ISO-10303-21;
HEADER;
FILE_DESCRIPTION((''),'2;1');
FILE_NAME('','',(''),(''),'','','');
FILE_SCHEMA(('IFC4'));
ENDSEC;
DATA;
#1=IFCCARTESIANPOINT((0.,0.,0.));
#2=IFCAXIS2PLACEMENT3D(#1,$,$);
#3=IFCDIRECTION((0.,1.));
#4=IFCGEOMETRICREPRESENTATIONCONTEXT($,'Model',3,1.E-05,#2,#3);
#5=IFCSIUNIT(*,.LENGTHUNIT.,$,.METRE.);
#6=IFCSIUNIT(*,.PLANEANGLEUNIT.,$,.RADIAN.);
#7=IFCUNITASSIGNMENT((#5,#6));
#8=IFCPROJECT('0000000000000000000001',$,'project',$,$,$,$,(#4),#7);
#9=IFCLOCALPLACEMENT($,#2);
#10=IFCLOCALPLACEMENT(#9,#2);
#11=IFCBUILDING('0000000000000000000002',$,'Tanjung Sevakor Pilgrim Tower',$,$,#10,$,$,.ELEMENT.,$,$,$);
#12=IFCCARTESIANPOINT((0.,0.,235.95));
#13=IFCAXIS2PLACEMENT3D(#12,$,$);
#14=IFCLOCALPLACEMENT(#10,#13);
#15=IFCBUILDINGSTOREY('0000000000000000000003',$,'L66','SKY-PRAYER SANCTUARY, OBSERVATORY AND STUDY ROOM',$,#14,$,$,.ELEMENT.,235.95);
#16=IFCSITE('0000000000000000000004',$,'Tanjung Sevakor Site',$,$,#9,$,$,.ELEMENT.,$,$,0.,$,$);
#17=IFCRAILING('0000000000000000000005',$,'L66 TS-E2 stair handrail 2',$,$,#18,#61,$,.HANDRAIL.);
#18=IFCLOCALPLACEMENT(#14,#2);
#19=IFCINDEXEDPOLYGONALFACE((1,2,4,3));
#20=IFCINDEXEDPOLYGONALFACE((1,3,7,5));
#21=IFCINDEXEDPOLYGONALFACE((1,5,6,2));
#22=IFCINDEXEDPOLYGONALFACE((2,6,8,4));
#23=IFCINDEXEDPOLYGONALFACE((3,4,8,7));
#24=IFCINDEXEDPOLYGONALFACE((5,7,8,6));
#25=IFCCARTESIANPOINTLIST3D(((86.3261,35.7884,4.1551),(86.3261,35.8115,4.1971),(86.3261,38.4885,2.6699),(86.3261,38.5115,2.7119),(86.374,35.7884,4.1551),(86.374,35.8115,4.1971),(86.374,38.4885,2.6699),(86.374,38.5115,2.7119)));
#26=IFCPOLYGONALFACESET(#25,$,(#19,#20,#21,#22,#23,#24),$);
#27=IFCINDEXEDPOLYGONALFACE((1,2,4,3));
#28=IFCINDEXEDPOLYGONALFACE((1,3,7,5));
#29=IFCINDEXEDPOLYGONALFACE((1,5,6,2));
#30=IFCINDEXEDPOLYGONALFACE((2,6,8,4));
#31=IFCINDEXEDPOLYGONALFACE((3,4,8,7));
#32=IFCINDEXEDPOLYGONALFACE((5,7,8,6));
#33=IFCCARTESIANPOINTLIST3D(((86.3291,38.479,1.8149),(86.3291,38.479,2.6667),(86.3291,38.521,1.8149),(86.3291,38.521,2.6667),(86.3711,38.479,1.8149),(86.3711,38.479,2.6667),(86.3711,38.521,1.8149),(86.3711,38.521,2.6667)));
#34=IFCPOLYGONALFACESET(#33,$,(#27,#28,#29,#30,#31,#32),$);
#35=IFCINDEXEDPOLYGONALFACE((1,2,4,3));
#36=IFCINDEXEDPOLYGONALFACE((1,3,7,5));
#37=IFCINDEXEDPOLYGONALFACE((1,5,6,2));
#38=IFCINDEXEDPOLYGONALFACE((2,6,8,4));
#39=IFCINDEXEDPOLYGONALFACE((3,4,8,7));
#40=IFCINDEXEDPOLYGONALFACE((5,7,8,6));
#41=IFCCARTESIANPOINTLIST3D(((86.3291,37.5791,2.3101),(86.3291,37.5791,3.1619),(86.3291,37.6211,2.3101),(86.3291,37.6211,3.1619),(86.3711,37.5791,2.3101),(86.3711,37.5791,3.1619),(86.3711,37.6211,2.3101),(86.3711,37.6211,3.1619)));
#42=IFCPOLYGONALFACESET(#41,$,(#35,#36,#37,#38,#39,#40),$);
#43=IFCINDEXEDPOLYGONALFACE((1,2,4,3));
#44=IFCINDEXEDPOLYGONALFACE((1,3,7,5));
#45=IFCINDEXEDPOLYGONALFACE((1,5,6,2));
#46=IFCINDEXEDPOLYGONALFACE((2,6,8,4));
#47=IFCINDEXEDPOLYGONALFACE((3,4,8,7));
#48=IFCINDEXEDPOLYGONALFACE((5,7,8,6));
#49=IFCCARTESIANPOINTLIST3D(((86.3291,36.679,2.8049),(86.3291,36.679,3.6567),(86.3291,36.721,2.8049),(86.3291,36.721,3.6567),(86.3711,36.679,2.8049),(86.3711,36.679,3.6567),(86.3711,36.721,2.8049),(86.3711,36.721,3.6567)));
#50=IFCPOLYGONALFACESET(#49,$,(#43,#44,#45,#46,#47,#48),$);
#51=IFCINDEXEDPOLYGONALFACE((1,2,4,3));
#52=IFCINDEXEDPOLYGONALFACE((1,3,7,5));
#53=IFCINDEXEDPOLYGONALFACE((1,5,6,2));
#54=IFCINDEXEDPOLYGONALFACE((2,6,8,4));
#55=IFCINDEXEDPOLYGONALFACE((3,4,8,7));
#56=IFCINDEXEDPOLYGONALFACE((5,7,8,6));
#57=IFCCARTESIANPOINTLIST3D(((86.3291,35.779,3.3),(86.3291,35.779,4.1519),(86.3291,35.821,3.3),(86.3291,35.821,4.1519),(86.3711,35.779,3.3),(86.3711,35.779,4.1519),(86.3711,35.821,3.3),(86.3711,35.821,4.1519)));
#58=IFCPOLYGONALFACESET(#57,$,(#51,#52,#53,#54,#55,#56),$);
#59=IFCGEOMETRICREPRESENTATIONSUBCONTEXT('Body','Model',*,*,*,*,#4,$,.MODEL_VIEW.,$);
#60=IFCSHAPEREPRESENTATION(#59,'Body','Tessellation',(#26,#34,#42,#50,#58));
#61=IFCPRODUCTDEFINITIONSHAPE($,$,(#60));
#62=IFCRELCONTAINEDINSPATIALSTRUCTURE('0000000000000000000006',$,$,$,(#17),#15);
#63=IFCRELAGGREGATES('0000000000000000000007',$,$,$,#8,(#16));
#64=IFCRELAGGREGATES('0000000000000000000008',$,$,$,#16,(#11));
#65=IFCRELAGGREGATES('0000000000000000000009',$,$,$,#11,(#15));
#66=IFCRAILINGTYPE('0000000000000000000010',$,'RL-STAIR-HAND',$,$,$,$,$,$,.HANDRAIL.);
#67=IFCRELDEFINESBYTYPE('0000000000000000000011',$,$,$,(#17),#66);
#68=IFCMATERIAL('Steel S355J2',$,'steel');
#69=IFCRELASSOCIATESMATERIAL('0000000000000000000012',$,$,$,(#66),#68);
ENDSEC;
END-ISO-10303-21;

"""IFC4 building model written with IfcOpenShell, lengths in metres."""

from ifc_helpers import new_model, si_unit, direction, frame, origin, place, context, subcontext, project, spatial, rectangle, extrude, material, type_object, element, save


model = new_model("IFC4")

# Units and contexts
model_context = context("Model", 3, precision=1e-05, world=origin(), true_north=direction((0.0, 1.0)))
body_context = subcontext(model_context, "Body", "Model", "MODEL_VIEW")
ifc_project = project(units=[si_unit("LENGTHUNIT", "METRE"), si_unit("PLANEANGLEUNIT", "RADIAN")], contexts=[model_context])

# Site, building, storey
site_placement = place(None, origin())
site = spatial("IfcSite", under=ifc_project, at=site_placement, Name="Tanjung Sevakor Site", CompositionType="ELEMENT", RefElevation=0.0)
building_placement = place(site_placement, origin())
building = spatial("IfcBuilding", under=site, at=building_placement, Name="Tanjung Sevakor Pilgrim Tower", CompositionType="ELEMENT")
storey_placement = place(building_placement, frame((0.0, 0.0, 235.95)))
storey = spatial("IfcBuildingStorey", under=building, at=storey_placement, Name="L66", Description="SKY-PRAYER SANCTUARY, OBSERVATORY AND STUDY ROOM", CompositionType="ELEMENT", Elevation=235.95)

# Railing
ifc_material_1 = material(Name="Steel S355J2", Category="steel")
railing_type_1 = type_object("IfcRailingType", Name="RL-STAIR-HAND", PredefinedType="HANDRAIL", material=ifc_material_1)
railing_1_placement = place(storey_placement, frame((86.3501, 38.5, 1.8149)))
element("IfcRailing", 1, at=railing_1_placement, inside=storey, type_object=railing_type_1, Name="L66 TS-E2 stair handrail 2", PredefinedType="HANDRAIL", context=body_context, shape_type="SweptSolid", body=[
    extrude(rectangle(XDim=0.0479, YDim=0.0479), frame((0.0, 0.0, 0.876), z_axis=(0.0, -0.876198, 0.481952), x_axis=(1.0, 0.0, 0.0)), (0.0, 0.0, 1.0), 3.0815),
    extrude(rectangle(XDim=0.042, YDim=0.042), origin(), (0.0, 0.0, 1.0), 0.8518),
    extrude(rectangle(XDim=0.042, YDim=0.042), frame((0.0, -0.8999, 0.4951)), (0.0, 0.0, 1.0), 0.8518),
    extrude(rectangle(XDim=0.042, YDim=0.042), frame((0.0, -1.8, 0.99)), (0.0, 0.0, 1.0), 0.8518),
    extrude(rectangle(XDim=0.042, YDim=0.042), frame((0.0, -2.7, 1.4851)), (0.0, 0.0, 1.0), 0.8518),
])

save(model, "model.ifc")
